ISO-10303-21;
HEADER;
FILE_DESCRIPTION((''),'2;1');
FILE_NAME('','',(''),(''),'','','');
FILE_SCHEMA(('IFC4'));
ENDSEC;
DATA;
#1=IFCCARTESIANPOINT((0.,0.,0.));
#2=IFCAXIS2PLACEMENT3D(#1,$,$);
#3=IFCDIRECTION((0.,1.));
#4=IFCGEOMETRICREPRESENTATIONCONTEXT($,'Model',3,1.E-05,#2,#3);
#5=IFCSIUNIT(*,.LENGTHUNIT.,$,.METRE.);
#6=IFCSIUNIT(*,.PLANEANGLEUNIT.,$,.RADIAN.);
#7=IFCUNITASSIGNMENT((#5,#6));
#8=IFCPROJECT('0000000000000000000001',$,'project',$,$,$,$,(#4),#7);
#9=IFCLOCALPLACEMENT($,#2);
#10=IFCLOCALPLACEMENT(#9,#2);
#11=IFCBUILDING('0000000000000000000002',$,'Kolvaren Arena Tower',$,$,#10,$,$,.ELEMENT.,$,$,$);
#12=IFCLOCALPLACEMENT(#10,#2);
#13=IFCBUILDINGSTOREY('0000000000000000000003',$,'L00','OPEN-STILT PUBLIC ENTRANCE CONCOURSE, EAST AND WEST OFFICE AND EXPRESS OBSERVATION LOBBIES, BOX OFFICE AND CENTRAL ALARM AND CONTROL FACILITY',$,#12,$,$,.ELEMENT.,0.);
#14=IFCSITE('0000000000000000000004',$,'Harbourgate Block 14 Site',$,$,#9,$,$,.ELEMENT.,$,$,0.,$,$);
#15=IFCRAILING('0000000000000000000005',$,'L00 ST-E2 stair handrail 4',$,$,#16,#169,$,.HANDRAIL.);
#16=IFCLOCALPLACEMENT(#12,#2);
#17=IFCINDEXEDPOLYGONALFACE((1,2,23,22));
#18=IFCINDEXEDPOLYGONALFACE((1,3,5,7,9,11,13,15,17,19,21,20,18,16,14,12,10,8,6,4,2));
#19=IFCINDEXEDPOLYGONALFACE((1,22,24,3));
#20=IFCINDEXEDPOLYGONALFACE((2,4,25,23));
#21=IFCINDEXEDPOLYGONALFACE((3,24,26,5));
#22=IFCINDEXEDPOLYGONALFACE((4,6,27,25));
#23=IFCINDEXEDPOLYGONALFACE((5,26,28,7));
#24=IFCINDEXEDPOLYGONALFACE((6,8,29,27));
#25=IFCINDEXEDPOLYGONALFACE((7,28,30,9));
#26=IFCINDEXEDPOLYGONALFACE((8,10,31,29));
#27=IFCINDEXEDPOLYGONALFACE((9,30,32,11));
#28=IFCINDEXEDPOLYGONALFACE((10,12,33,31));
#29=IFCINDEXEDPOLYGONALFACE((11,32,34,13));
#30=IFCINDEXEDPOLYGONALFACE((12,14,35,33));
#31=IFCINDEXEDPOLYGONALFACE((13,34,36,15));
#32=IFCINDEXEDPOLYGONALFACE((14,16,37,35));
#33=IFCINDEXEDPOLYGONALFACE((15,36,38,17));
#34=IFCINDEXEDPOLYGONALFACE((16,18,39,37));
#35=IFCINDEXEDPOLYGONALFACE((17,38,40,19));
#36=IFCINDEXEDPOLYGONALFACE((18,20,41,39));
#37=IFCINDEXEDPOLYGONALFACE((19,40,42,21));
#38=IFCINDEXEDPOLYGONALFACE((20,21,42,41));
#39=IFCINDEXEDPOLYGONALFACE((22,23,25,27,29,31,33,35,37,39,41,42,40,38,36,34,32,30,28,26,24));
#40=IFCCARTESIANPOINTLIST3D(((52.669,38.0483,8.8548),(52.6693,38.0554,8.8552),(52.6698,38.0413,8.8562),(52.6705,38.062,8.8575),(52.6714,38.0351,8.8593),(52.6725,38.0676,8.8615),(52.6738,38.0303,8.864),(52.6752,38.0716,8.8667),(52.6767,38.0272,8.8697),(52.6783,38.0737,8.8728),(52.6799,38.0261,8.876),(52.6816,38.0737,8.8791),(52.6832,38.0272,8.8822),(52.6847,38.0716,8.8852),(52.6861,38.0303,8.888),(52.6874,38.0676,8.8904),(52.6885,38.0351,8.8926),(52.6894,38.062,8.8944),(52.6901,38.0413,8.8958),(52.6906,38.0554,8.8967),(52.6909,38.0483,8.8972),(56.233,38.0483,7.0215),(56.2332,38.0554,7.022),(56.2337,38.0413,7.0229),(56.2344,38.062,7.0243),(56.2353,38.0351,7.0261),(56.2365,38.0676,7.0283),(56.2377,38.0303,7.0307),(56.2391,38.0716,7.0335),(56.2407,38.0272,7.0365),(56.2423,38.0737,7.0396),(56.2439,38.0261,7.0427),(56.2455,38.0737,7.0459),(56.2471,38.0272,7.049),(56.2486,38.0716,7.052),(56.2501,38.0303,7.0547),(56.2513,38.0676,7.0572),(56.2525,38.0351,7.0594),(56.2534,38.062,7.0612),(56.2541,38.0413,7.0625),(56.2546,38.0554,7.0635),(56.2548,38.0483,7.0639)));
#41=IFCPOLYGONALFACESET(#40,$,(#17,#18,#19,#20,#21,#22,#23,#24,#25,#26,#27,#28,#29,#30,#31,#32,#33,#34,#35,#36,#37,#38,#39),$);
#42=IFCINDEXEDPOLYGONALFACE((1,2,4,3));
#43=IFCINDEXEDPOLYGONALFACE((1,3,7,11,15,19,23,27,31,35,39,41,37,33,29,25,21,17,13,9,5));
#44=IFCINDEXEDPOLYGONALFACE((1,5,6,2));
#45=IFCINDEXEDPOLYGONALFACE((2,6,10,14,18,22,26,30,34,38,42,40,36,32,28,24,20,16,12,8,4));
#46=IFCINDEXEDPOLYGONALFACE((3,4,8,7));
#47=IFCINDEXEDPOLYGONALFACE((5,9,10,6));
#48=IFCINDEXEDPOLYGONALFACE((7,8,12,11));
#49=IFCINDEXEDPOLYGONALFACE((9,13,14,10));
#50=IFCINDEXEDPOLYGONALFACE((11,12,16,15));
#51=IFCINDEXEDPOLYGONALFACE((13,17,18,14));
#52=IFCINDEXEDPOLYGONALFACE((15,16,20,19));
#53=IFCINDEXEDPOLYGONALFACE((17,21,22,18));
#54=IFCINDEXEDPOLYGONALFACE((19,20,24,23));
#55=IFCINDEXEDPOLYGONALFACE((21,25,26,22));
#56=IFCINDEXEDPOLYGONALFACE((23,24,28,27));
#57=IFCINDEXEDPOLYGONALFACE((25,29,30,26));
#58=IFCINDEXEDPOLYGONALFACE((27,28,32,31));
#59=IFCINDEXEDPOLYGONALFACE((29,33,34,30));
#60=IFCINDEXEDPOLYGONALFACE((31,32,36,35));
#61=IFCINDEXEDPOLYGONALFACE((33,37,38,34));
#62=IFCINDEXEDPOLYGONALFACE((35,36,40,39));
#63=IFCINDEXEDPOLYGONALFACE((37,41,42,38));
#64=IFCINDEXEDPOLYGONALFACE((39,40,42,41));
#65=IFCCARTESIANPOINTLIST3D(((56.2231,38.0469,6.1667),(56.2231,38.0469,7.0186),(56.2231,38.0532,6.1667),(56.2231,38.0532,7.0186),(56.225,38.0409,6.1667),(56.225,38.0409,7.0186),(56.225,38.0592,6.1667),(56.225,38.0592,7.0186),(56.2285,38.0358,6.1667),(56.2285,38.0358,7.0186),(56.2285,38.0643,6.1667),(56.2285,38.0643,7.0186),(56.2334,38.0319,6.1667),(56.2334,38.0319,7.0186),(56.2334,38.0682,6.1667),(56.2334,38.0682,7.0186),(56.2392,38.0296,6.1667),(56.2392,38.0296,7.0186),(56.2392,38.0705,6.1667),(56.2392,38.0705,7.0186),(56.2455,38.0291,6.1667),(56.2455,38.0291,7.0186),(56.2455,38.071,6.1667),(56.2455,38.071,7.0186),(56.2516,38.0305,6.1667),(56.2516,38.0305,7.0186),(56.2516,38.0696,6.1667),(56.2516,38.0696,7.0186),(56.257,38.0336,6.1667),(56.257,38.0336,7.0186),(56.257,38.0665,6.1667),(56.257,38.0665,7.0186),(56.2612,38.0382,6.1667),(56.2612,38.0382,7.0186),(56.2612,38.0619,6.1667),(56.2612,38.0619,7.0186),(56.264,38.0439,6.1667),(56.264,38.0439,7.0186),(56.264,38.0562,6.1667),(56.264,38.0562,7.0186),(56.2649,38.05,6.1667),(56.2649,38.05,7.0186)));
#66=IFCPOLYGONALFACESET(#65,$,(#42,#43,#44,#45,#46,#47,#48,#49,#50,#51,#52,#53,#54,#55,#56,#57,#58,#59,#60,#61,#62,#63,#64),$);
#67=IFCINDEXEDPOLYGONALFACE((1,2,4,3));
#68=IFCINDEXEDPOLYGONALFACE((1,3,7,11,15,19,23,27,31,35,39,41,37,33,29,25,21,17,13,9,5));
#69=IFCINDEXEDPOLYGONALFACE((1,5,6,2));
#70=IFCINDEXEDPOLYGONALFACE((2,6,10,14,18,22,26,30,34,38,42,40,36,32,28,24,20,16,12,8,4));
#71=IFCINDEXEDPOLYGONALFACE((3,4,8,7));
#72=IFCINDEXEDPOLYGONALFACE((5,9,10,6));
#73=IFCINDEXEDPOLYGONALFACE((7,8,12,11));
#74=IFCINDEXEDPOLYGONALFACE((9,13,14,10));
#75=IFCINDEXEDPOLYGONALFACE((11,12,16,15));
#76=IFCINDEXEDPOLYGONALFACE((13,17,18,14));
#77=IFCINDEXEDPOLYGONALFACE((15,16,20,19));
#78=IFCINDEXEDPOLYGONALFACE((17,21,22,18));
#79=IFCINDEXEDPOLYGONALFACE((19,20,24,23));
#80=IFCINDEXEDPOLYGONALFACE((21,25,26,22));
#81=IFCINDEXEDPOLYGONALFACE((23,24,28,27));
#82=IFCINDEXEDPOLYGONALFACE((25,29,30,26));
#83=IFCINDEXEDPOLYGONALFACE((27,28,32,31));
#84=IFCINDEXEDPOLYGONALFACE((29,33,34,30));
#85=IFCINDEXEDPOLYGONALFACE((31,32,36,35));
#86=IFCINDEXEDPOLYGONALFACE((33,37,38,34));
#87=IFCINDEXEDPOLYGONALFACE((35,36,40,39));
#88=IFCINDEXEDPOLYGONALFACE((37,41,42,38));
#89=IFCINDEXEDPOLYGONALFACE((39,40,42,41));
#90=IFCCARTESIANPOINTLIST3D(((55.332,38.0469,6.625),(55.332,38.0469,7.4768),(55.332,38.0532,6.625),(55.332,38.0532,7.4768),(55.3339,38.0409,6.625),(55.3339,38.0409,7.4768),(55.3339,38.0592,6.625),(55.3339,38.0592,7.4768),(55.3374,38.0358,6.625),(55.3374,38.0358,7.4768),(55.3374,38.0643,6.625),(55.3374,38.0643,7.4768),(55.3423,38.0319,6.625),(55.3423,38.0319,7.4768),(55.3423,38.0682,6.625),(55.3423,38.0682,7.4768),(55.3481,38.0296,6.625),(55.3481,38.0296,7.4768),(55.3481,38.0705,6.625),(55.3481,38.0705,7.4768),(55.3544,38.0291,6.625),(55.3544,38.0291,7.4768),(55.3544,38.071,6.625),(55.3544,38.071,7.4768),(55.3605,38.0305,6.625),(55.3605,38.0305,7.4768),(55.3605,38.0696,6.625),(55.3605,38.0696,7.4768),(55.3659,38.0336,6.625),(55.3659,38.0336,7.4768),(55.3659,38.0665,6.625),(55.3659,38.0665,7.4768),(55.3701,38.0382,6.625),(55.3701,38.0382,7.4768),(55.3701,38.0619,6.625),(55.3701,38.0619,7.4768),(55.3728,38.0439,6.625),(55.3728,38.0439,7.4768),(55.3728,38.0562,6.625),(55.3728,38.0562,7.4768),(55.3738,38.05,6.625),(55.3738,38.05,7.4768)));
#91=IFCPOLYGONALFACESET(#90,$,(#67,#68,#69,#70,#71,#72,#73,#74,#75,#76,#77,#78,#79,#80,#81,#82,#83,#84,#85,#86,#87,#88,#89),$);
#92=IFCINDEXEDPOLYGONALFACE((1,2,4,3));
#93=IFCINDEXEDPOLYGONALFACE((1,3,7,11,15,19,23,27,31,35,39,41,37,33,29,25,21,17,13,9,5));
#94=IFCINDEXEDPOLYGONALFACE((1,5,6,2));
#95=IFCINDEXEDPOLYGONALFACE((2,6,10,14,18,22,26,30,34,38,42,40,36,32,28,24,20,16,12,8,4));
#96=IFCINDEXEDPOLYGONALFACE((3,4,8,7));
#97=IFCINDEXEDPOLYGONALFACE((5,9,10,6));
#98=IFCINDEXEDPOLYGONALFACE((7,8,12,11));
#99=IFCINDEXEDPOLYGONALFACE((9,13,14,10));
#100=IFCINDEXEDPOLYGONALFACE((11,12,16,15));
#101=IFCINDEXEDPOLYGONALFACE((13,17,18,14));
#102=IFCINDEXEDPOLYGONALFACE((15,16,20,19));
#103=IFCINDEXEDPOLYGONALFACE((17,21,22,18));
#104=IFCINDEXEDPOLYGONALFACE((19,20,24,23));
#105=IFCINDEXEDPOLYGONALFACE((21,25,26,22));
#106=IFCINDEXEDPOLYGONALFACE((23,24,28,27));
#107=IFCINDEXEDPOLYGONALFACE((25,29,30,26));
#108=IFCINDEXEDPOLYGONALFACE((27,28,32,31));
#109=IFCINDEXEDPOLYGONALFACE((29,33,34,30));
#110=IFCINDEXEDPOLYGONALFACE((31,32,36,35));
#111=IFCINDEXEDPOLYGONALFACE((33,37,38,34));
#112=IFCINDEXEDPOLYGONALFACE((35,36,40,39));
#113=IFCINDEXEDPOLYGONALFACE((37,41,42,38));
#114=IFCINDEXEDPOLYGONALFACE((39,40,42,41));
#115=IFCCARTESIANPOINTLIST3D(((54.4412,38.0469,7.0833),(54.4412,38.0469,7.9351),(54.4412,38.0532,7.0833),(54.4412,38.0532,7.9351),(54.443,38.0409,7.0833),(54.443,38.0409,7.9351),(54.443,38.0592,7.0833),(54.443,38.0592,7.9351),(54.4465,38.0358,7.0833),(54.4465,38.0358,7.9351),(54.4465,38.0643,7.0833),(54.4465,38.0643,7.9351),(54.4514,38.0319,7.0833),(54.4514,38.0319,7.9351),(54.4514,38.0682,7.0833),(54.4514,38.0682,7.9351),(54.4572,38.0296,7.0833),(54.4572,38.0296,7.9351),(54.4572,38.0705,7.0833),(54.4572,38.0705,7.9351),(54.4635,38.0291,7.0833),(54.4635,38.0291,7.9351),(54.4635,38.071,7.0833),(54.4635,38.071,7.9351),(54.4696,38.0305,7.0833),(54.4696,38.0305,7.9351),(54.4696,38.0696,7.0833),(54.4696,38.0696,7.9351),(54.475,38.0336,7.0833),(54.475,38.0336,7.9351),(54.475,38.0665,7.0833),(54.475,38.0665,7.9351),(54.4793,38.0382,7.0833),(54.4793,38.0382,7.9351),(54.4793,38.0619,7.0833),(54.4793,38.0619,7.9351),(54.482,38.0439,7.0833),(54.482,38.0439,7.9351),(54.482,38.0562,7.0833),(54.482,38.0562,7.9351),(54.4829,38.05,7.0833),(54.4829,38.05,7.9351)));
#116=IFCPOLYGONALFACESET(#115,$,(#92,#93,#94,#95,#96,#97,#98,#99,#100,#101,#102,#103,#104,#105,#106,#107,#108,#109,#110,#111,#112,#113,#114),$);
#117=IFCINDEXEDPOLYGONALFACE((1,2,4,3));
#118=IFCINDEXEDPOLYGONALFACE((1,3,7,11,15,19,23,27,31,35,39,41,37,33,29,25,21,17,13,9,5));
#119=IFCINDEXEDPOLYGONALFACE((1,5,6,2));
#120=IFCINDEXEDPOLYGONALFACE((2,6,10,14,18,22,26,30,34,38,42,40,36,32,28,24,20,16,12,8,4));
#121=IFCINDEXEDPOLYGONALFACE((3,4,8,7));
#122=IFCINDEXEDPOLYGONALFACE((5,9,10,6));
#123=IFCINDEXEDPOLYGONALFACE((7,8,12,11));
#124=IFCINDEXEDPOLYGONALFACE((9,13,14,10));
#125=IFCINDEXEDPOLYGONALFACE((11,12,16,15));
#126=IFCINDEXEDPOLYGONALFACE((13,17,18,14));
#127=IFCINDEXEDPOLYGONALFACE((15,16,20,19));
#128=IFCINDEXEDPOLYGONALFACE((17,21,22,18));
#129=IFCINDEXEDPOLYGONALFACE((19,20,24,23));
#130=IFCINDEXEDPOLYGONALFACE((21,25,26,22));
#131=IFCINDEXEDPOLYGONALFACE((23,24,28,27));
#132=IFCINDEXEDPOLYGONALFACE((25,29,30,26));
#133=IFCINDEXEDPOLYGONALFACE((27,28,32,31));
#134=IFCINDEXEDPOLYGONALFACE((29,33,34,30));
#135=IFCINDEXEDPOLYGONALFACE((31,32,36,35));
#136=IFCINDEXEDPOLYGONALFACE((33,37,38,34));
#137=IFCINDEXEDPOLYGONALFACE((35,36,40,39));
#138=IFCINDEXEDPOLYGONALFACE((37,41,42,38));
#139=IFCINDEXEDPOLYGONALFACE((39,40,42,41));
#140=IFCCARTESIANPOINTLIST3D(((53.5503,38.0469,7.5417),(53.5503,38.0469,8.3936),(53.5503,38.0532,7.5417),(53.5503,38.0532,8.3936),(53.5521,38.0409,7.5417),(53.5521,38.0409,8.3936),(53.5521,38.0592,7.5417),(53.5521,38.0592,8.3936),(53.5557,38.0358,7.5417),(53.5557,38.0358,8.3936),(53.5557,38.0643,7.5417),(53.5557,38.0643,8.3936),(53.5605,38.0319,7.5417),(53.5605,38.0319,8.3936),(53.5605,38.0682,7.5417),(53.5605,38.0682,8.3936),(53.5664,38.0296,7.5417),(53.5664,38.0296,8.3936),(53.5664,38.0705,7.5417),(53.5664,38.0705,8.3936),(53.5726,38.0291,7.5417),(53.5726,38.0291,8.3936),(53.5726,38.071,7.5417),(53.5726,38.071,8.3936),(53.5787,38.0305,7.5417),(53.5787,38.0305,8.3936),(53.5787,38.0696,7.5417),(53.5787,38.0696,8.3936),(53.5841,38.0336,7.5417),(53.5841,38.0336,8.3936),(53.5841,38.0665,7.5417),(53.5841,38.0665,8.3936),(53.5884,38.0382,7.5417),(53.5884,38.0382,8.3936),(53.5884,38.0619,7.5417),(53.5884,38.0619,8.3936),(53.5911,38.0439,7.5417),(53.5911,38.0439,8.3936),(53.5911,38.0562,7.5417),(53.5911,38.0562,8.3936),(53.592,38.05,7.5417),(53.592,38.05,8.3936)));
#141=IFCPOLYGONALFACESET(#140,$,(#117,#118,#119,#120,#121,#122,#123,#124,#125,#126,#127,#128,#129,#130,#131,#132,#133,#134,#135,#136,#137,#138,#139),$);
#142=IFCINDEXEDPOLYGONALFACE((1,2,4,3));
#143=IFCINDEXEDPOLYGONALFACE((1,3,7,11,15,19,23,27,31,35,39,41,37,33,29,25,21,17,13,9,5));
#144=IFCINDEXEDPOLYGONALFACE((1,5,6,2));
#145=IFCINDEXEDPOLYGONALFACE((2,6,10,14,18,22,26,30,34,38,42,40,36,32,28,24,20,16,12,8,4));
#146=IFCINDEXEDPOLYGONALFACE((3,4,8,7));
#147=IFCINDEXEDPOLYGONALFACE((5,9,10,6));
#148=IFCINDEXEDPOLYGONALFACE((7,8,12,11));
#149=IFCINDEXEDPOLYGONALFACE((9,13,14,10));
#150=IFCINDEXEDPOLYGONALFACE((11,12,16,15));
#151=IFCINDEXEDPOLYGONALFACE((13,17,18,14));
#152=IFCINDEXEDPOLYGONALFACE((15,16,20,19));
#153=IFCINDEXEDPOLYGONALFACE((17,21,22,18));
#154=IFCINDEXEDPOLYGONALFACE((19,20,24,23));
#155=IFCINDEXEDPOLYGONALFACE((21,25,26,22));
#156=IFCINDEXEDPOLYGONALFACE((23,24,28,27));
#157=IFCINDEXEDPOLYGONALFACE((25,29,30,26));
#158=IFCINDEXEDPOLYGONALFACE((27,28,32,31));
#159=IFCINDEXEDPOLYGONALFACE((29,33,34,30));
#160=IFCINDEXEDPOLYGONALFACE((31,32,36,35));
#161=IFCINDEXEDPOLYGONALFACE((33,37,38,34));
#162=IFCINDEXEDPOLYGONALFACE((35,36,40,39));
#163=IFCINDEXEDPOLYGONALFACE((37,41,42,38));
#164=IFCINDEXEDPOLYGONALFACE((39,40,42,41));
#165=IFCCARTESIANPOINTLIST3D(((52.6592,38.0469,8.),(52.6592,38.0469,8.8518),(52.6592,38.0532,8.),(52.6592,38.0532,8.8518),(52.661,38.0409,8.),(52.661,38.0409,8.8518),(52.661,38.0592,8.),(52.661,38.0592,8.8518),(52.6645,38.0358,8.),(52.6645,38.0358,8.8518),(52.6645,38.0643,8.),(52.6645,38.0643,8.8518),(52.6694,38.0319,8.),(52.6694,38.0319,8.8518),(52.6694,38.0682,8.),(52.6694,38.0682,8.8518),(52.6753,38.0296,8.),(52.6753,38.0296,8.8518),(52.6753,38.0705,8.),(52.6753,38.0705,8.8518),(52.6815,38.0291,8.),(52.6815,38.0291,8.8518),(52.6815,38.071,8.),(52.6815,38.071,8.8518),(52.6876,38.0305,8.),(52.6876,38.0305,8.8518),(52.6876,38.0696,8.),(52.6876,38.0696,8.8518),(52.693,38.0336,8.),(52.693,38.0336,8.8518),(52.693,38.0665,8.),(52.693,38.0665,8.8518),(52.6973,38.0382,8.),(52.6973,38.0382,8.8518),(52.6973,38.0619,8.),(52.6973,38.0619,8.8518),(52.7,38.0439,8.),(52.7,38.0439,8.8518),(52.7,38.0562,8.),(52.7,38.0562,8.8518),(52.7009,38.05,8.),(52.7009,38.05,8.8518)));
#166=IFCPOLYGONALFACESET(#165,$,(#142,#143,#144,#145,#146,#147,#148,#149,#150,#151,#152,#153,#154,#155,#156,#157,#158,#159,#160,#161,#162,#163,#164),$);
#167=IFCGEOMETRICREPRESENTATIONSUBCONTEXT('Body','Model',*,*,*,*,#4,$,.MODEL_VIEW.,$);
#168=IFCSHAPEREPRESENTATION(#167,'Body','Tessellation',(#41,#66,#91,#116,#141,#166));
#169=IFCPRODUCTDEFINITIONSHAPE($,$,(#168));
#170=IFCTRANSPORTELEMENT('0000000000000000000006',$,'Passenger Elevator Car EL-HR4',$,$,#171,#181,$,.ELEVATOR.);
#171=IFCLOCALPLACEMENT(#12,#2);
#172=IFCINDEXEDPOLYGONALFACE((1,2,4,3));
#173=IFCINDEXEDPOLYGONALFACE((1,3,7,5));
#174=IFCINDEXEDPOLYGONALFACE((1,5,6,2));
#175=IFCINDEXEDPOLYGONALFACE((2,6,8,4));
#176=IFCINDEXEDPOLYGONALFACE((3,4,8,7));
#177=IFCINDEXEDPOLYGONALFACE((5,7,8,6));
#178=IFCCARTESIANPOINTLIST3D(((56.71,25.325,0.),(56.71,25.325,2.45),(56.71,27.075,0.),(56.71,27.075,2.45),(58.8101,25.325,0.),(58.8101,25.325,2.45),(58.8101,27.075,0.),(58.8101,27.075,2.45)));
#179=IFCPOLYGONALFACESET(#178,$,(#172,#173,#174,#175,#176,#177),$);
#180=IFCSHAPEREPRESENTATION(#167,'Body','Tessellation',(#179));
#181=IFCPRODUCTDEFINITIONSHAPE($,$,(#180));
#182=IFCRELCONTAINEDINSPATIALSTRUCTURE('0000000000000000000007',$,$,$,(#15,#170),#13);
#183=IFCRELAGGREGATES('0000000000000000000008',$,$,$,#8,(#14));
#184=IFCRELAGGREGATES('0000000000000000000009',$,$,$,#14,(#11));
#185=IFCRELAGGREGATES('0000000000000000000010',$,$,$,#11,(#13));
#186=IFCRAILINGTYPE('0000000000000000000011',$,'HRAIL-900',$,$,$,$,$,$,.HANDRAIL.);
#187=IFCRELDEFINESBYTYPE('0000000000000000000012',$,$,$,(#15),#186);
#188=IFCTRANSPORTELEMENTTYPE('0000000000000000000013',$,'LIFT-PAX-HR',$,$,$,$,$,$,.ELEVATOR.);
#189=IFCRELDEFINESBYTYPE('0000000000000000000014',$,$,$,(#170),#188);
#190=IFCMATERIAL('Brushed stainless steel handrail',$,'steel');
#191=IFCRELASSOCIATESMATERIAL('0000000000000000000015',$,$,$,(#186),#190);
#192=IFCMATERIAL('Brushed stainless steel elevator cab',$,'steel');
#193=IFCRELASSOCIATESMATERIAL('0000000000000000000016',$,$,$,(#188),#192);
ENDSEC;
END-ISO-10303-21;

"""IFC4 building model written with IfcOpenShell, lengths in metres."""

from ifc_helpers import new_model, si_unit, direction, frame, origin, origin_2d, place, context, subcontext, project, spatial, rectangle, circle, extrude, material, type_object, element, save


model = new_model("IFC4")

# Units and contexts
model_context = context("Model", 3, precision=1e-05, world=origin(), true_north=direction((0.0, 1.0)))
body_context = subcontext(model_context, "Body", "Model", "MODEL_VIEW")
ifc_project = project(units=[si_unit("LENGTHUNIT", "METRE"), si_unit("PLANEANGLEUNIT", "RADIAN")], contexts=[model_context])

# Site, building, storey
site_placement = place(None, origin())
site = spatial("IfcSite", under=ifc_project, at=site_placement, Name="Harbourgate Block 14 Site", CompositionType="ELEMENT", RefElevation=0.0)
building_placement = place(site_placement, origin())
building = spatial("IfcBuilding", under=site, at=building_placement, Name="Kolvaren Arena Tower", CompositionType="ELEMENT")
storey_placement = place(building_placement, origin())
storey = spatial("IfcBuildingStorey", under=building, at=storey_placement, Name="L00", Description="OPEN-STILT PUBLIC ENTRANCE CONCOURSE, EAST AND WEST OFFICE AND EXPRESS OBSERVATION LOBBIES, BOX OFFICE AND CENTRAL ALARM AND CONTROL FACILITY", CompositionType="ELEMENT", Elevation=0.0)

# Railing
ifc_material_1 = material(Name="Brushed stainless steel handrail", Category="steel")
railing_type_1 = type_object("IfcRailingType", Name="HRAIL-900", PredefinedType="HANDRAIL", material=ifc_material_1)
for number, where, name in (
    (1, (56.2439, 38.05, 6.1667), "L00 ST-E2 stair handrail 4"),
):
    element("IfcRailing", number, at=place(storey_placement, frame(where)), inside=storey, type_object=railing_type_1, Name=name, PredefinedType="HANDRAIL", context=body_context, shape_type="SweptSolid", body=[
        extrude(circle(Radius=0.0239, at=origin_2d()), frame((0.0, 0.0, 0.876), z_axis=(-0.889252, 0.0, 0.457418), x_axis=(0.0, -1.0, 0.0)), (0.0, 0.0, 1.0), 4.0078),
        extrude(circle(Radius=0.021, at=origin_2d()), origin(), (0.0, 0.0, 1.0), 0.8518),
        extrude(circle(Radius=0.021, at=origin_2d()), frame((-0.8911, 0.0, 0.4583)), (0.0, 0.0, 1.0), 0.8518),
        extrude(circle(Radius=0.021, at=origin_2d()), frame((-1.782, 0.0, 0.9165)), (0.0, 0.0, 1.0), 0.8518),
        extrude(circle(Radius=0.021, at=origin_2d()), frame((-2.6729, 0.0, 1.375)), (0.0, 0.0, 1.0), 0.8518),
        extrude(circle(Radius=0.021, at=origin_2d()), frame((-3.564, 0.0, 1.8333)), (0.0, 0.0, 1.0), 0.8518),
    ])

# Transport element
ifc_material_2 = material(Name="Brushed stainless steel elevator cab", Category="steel")
transport_element_type = type_object("IfcTransportElementType", Name="LIFT-PAX-HR", PredefinedType="ELEVATOR", material=ifc_material_2)
transport_element_placement = place(storey_placement, frame((57.76, 26.2, 0.0), z_axis=(0.0, 0.0, 1.0), x_axis=(1.0, 0.0, 0.0)))
element("IfcTransportElement", 2, at=transport_element_placement, inside=storey, type_object=transport_element_type, Name="Passenger Elevator Car EL-HR4", PredefinedType="ELEVATOR", context=body_context, shape_type="SweptSolid", body=[
    extrude(rectangle(XDim=2.1001, YDim=1.75, at=origin_2d()), origin(), (0.0, 0.0, 1.0), 2.45),
])

save(model, "model.ifc")
